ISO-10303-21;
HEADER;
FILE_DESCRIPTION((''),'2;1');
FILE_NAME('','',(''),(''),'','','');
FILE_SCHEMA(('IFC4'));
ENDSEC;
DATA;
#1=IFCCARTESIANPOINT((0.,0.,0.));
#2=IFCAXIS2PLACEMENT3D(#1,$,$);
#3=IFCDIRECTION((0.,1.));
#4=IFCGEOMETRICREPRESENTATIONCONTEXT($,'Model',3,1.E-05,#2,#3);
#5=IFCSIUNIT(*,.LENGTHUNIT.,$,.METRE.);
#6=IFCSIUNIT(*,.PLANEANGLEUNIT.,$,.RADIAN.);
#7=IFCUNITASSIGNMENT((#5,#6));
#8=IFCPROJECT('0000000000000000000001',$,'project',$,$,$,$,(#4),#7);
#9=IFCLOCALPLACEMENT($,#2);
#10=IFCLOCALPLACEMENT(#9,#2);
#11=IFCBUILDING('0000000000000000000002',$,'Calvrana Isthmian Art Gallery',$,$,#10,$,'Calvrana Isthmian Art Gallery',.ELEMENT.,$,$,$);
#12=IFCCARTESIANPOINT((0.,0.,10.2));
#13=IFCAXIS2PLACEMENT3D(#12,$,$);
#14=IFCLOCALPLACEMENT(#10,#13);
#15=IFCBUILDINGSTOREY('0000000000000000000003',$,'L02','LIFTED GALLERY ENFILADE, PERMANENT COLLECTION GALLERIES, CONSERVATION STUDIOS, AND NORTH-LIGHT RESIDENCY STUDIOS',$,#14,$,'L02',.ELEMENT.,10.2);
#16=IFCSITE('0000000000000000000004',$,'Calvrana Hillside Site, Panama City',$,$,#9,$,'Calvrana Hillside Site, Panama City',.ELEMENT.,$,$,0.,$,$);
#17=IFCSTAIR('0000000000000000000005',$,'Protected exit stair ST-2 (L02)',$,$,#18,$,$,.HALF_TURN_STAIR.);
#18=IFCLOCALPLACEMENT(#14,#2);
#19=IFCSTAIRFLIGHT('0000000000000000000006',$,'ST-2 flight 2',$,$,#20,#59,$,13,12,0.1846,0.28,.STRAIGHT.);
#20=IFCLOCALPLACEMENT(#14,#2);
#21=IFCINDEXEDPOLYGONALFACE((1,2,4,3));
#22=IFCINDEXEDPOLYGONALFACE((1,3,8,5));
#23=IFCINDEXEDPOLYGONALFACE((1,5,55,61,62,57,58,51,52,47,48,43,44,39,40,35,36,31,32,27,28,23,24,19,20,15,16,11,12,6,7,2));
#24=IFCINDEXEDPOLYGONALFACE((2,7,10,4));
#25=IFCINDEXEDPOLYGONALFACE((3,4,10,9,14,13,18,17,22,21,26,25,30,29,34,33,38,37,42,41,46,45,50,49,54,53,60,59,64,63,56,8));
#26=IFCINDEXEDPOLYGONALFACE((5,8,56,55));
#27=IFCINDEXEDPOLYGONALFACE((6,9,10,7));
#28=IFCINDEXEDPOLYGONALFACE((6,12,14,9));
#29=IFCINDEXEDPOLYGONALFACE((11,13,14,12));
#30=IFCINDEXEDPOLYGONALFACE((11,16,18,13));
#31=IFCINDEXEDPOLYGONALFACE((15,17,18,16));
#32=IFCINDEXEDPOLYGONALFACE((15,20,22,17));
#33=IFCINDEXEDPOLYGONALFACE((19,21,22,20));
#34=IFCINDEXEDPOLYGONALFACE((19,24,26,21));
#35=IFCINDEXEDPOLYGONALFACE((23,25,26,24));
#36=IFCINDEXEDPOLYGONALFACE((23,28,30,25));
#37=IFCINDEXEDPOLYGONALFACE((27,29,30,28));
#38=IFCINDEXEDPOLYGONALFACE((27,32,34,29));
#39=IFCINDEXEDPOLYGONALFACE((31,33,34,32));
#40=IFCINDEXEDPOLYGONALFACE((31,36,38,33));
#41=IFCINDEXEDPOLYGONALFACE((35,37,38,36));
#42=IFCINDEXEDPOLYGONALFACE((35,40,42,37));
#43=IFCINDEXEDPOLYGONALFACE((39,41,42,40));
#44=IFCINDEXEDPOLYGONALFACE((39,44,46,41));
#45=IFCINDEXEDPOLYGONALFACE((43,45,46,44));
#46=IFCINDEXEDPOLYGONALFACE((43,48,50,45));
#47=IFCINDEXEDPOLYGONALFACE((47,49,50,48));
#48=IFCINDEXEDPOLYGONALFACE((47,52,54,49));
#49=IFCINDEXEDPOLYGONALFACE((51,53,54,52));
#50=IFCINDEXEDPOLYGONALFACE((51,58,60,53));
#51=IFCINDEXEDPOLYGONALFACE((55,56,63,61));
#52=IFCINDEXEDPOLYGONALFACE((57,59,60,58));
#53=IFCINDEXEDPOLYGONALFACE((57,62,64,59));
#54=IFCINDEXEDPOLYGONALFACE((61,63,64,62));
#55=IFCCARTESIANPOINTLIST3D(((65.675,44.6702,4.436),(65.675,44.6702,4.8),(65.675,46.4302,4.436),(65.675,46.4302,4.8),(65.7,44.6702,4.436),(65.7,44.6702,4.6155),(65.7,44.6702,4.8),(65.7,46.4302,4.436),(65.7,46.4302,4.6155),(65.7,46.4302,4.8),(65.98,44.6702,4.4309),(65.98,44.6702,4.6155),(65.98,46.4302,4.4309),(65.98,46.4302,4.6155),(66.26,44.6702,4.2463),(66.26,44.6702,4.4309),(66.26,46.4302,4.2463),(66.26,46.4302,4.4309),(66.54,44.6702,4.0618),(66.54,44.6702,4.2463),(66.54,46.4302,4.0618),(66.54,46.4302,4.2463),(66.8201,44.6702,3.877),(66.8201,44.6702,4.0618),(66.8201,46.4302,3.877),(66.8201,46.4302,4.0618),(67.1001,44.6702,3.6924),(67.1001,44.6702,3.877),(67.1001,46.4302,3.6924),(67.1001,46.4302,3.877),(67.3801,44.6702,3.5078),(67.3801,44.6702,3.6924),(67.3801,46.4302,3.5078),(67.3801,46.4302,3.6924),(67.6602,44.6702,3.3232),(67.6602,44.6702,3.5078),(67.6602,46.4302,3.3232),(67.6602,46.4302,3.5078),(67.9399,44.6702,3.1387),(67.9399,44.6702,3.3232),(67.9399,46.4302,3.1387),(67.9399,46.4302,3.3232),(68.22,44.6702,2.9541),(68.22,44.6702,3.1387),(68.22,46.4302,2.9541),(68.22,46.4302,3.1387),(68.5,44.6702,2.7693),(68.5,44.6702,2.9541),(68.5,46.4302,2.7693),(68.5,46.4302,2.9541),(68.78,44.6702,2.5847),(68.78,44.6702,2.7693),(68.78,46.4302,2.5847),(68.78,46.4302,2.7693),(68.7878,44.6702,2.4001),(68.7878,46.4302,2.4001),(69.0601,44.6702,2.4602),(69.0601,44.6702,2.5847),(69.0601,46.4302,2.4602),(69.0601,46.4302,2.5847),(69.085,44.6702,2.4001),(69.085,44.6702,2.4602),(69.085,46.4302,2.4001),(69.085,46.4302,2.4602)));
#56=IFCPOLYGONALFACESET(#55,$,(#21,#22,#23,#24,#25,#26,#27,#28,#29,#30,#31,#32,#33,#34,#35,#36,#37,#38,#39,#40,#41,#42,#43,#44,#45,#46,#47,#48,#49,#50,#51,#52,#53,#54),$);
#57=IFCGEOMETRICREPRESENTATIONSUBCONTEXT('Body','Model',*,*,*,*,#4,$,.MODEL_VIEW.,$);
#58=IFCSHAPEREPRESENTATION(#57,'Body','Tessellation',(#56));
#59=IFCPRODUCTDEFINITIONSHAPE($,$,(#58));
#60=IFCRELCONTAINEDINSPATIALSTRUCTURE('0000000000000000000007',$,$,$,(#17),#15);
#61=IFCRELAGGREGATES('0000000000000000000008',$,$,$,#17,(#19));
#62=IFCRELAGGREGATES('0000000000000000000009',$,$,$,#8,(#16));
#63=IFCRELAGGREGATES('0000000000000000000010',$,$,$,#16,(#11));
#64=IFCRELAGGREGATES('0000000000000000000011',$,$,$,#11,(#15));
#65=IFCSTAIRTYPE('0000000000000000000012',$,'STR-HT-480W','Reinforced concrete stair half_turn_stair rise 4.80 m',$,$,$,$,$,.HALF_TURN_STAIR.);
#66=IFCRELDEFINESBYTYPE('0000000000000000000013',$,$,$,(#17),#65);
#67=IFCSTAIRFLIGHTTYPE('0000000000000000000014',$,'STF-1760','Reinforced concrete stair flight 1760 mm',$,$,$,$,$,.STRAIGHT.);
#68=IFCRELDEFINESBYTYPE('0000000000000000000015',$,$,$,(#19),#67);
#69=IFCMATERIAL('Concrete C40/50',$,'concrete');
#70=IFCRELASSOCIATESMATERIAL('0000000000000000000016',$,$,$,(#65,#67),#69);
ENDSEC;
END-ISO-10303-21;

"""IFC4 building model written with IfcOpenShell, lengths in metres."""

from ifc_helpers import new_model, si_unit, direction, frame, origin, place, context, subcontext, project, spatial, polyline, outline, extrude, material, type_object, element, aggregate, save


model = new_model("IFC4")

# Units and contexts
model_context = context("Model", 3, precision=1e-05, world=origin(), true_north=direction((0.0, 1.0)))
body_context = subcontext(model_context, "Body", "Model", "MODEL_VIEW")
ifc_project = project(units=[si_unit("LENGTHUNIT", "METRE"), si_unit("PLANEANGLEUNIT", "RADIAN")], contexts=[model_context])

# Site, building, storey
site_placement = place(None, origin())
site = spatial("IfcSite", under=ifc_project, at=site_placement, Name="Calvrana Hillside Site, Panama City", LongName="Calvrana Hillside Site, Panama City", CompositionType="ELEMENT", RefElevation=0.0)
building_placement = place(site_placement, origin())
building = spatial("IfcBuilding", under=site, at=building_placement, Name="Calvrana Isthmian Art Gallery", LongName="Calvrana Isthmian Art Gallery", CompositionType="ELEMENT")
storey_placement = place(building_placement, frame((0.0, 0.0, 10.2)))
storey = spatial("IfcBuildingStorey", under=building, at=storey_placement, Name="L02", Description="LIFTED GALLERY ENFILADE, PERMANENT COLLECTION GALLERIES, CONSERVATION STUDIOS, AND NORTH-LIGHT RESIDENCY STUDIOS", LongName="L02", CompositionType="ELEMENT", Elevation=10.2)

# Shared definitions
ifc_material_1 = material(Name="Concrete C40/50", Category="concrete")

# Stair, stair flight
stair_type = type_object("IfcStairType", Name="STR-HT-480W", Description="Reinforced concrete stair half_turn_stair rise 4.80 m", PredefinedType="HALF_TURN_STAIR", material=ifc_material_1)
stair_placement = place(storey_placement, origin())
stair = element("IfcStair", 1, at=stair_placement, inside=storey, type_object=stair_type, Name="Protected exit stair ST-2 (L02)", PredefinedType="HALF_TURN_STAIR")
stair_flight_type = type_object("IfcStairFlightType", Name="STF-1760", Description="Reinforced concrete stair flight 1760 mm", PredefinedType="STRAIGHT", material=ifc_material_1)
stair_flight_1_placement = place(storey_placement, frame((69.0601, 45.55, 2.4001), z_axis=(0.0, 0.0, 1.0), x_axis=(-1.0, 0.0, 0.0)))
stair_flight_1 = element("IfcStairFlight", 2, at=stair_flight_1_placement, type_object=stair_flight_type, Name="ST-2 flight 2", NumberOfRisers=13, NumberOfTreads=12, PredefinedType="STRAIGHT", RiserHeight=0.1846, TreadLength=0.28, context=body_context, shape_type="SweptSolid", body=[
    extrude(outline(polyline([(-0.0249, 0.0), (-0.0249, 0.0601), (0.0, 0.0601), (0.0, 0.1846), (0.28, 0.1846), (0.28, 0.3691), (0.5601, 0.3691), (0.5601, 0.554), (0.8401, 0.554), (0.8401, 0.7385), (1.1201, 0.7385), (1.1201, 0.9231), (1.3999, 0.9231), (1.3999, 1.1077), (1.6799, 1.1077), (1.6799, 1.2922), (1.96, 1.2922), (1.96, 1.4768), (2.24, 1.4768), (2.24, 1.6616), (2.52, 1.6616), (2.52, 1.8462), (2.8, 1.8462), (2.8, 2.0308), (3.0801, 2.0308), (3.0801, 2.2153), (3.3601, 2.2153), (3.3601, 2.3999), (3.385, 2.3999), (3.385, 2.0359), (3.3601, 2.0359), (0.2722, 0.0), (-0.0249, 0.0)])), frame((0.0, 0.8799, 0.0), z_axis=(0.0, -1.0, 0.0), x_axis=(1.0, 0.0, 0.0)), (0.0, 0.0, 1.0), 1.76),
])
aggregate(stair, [stair_flight_1])

save(model, "model.ifc")
